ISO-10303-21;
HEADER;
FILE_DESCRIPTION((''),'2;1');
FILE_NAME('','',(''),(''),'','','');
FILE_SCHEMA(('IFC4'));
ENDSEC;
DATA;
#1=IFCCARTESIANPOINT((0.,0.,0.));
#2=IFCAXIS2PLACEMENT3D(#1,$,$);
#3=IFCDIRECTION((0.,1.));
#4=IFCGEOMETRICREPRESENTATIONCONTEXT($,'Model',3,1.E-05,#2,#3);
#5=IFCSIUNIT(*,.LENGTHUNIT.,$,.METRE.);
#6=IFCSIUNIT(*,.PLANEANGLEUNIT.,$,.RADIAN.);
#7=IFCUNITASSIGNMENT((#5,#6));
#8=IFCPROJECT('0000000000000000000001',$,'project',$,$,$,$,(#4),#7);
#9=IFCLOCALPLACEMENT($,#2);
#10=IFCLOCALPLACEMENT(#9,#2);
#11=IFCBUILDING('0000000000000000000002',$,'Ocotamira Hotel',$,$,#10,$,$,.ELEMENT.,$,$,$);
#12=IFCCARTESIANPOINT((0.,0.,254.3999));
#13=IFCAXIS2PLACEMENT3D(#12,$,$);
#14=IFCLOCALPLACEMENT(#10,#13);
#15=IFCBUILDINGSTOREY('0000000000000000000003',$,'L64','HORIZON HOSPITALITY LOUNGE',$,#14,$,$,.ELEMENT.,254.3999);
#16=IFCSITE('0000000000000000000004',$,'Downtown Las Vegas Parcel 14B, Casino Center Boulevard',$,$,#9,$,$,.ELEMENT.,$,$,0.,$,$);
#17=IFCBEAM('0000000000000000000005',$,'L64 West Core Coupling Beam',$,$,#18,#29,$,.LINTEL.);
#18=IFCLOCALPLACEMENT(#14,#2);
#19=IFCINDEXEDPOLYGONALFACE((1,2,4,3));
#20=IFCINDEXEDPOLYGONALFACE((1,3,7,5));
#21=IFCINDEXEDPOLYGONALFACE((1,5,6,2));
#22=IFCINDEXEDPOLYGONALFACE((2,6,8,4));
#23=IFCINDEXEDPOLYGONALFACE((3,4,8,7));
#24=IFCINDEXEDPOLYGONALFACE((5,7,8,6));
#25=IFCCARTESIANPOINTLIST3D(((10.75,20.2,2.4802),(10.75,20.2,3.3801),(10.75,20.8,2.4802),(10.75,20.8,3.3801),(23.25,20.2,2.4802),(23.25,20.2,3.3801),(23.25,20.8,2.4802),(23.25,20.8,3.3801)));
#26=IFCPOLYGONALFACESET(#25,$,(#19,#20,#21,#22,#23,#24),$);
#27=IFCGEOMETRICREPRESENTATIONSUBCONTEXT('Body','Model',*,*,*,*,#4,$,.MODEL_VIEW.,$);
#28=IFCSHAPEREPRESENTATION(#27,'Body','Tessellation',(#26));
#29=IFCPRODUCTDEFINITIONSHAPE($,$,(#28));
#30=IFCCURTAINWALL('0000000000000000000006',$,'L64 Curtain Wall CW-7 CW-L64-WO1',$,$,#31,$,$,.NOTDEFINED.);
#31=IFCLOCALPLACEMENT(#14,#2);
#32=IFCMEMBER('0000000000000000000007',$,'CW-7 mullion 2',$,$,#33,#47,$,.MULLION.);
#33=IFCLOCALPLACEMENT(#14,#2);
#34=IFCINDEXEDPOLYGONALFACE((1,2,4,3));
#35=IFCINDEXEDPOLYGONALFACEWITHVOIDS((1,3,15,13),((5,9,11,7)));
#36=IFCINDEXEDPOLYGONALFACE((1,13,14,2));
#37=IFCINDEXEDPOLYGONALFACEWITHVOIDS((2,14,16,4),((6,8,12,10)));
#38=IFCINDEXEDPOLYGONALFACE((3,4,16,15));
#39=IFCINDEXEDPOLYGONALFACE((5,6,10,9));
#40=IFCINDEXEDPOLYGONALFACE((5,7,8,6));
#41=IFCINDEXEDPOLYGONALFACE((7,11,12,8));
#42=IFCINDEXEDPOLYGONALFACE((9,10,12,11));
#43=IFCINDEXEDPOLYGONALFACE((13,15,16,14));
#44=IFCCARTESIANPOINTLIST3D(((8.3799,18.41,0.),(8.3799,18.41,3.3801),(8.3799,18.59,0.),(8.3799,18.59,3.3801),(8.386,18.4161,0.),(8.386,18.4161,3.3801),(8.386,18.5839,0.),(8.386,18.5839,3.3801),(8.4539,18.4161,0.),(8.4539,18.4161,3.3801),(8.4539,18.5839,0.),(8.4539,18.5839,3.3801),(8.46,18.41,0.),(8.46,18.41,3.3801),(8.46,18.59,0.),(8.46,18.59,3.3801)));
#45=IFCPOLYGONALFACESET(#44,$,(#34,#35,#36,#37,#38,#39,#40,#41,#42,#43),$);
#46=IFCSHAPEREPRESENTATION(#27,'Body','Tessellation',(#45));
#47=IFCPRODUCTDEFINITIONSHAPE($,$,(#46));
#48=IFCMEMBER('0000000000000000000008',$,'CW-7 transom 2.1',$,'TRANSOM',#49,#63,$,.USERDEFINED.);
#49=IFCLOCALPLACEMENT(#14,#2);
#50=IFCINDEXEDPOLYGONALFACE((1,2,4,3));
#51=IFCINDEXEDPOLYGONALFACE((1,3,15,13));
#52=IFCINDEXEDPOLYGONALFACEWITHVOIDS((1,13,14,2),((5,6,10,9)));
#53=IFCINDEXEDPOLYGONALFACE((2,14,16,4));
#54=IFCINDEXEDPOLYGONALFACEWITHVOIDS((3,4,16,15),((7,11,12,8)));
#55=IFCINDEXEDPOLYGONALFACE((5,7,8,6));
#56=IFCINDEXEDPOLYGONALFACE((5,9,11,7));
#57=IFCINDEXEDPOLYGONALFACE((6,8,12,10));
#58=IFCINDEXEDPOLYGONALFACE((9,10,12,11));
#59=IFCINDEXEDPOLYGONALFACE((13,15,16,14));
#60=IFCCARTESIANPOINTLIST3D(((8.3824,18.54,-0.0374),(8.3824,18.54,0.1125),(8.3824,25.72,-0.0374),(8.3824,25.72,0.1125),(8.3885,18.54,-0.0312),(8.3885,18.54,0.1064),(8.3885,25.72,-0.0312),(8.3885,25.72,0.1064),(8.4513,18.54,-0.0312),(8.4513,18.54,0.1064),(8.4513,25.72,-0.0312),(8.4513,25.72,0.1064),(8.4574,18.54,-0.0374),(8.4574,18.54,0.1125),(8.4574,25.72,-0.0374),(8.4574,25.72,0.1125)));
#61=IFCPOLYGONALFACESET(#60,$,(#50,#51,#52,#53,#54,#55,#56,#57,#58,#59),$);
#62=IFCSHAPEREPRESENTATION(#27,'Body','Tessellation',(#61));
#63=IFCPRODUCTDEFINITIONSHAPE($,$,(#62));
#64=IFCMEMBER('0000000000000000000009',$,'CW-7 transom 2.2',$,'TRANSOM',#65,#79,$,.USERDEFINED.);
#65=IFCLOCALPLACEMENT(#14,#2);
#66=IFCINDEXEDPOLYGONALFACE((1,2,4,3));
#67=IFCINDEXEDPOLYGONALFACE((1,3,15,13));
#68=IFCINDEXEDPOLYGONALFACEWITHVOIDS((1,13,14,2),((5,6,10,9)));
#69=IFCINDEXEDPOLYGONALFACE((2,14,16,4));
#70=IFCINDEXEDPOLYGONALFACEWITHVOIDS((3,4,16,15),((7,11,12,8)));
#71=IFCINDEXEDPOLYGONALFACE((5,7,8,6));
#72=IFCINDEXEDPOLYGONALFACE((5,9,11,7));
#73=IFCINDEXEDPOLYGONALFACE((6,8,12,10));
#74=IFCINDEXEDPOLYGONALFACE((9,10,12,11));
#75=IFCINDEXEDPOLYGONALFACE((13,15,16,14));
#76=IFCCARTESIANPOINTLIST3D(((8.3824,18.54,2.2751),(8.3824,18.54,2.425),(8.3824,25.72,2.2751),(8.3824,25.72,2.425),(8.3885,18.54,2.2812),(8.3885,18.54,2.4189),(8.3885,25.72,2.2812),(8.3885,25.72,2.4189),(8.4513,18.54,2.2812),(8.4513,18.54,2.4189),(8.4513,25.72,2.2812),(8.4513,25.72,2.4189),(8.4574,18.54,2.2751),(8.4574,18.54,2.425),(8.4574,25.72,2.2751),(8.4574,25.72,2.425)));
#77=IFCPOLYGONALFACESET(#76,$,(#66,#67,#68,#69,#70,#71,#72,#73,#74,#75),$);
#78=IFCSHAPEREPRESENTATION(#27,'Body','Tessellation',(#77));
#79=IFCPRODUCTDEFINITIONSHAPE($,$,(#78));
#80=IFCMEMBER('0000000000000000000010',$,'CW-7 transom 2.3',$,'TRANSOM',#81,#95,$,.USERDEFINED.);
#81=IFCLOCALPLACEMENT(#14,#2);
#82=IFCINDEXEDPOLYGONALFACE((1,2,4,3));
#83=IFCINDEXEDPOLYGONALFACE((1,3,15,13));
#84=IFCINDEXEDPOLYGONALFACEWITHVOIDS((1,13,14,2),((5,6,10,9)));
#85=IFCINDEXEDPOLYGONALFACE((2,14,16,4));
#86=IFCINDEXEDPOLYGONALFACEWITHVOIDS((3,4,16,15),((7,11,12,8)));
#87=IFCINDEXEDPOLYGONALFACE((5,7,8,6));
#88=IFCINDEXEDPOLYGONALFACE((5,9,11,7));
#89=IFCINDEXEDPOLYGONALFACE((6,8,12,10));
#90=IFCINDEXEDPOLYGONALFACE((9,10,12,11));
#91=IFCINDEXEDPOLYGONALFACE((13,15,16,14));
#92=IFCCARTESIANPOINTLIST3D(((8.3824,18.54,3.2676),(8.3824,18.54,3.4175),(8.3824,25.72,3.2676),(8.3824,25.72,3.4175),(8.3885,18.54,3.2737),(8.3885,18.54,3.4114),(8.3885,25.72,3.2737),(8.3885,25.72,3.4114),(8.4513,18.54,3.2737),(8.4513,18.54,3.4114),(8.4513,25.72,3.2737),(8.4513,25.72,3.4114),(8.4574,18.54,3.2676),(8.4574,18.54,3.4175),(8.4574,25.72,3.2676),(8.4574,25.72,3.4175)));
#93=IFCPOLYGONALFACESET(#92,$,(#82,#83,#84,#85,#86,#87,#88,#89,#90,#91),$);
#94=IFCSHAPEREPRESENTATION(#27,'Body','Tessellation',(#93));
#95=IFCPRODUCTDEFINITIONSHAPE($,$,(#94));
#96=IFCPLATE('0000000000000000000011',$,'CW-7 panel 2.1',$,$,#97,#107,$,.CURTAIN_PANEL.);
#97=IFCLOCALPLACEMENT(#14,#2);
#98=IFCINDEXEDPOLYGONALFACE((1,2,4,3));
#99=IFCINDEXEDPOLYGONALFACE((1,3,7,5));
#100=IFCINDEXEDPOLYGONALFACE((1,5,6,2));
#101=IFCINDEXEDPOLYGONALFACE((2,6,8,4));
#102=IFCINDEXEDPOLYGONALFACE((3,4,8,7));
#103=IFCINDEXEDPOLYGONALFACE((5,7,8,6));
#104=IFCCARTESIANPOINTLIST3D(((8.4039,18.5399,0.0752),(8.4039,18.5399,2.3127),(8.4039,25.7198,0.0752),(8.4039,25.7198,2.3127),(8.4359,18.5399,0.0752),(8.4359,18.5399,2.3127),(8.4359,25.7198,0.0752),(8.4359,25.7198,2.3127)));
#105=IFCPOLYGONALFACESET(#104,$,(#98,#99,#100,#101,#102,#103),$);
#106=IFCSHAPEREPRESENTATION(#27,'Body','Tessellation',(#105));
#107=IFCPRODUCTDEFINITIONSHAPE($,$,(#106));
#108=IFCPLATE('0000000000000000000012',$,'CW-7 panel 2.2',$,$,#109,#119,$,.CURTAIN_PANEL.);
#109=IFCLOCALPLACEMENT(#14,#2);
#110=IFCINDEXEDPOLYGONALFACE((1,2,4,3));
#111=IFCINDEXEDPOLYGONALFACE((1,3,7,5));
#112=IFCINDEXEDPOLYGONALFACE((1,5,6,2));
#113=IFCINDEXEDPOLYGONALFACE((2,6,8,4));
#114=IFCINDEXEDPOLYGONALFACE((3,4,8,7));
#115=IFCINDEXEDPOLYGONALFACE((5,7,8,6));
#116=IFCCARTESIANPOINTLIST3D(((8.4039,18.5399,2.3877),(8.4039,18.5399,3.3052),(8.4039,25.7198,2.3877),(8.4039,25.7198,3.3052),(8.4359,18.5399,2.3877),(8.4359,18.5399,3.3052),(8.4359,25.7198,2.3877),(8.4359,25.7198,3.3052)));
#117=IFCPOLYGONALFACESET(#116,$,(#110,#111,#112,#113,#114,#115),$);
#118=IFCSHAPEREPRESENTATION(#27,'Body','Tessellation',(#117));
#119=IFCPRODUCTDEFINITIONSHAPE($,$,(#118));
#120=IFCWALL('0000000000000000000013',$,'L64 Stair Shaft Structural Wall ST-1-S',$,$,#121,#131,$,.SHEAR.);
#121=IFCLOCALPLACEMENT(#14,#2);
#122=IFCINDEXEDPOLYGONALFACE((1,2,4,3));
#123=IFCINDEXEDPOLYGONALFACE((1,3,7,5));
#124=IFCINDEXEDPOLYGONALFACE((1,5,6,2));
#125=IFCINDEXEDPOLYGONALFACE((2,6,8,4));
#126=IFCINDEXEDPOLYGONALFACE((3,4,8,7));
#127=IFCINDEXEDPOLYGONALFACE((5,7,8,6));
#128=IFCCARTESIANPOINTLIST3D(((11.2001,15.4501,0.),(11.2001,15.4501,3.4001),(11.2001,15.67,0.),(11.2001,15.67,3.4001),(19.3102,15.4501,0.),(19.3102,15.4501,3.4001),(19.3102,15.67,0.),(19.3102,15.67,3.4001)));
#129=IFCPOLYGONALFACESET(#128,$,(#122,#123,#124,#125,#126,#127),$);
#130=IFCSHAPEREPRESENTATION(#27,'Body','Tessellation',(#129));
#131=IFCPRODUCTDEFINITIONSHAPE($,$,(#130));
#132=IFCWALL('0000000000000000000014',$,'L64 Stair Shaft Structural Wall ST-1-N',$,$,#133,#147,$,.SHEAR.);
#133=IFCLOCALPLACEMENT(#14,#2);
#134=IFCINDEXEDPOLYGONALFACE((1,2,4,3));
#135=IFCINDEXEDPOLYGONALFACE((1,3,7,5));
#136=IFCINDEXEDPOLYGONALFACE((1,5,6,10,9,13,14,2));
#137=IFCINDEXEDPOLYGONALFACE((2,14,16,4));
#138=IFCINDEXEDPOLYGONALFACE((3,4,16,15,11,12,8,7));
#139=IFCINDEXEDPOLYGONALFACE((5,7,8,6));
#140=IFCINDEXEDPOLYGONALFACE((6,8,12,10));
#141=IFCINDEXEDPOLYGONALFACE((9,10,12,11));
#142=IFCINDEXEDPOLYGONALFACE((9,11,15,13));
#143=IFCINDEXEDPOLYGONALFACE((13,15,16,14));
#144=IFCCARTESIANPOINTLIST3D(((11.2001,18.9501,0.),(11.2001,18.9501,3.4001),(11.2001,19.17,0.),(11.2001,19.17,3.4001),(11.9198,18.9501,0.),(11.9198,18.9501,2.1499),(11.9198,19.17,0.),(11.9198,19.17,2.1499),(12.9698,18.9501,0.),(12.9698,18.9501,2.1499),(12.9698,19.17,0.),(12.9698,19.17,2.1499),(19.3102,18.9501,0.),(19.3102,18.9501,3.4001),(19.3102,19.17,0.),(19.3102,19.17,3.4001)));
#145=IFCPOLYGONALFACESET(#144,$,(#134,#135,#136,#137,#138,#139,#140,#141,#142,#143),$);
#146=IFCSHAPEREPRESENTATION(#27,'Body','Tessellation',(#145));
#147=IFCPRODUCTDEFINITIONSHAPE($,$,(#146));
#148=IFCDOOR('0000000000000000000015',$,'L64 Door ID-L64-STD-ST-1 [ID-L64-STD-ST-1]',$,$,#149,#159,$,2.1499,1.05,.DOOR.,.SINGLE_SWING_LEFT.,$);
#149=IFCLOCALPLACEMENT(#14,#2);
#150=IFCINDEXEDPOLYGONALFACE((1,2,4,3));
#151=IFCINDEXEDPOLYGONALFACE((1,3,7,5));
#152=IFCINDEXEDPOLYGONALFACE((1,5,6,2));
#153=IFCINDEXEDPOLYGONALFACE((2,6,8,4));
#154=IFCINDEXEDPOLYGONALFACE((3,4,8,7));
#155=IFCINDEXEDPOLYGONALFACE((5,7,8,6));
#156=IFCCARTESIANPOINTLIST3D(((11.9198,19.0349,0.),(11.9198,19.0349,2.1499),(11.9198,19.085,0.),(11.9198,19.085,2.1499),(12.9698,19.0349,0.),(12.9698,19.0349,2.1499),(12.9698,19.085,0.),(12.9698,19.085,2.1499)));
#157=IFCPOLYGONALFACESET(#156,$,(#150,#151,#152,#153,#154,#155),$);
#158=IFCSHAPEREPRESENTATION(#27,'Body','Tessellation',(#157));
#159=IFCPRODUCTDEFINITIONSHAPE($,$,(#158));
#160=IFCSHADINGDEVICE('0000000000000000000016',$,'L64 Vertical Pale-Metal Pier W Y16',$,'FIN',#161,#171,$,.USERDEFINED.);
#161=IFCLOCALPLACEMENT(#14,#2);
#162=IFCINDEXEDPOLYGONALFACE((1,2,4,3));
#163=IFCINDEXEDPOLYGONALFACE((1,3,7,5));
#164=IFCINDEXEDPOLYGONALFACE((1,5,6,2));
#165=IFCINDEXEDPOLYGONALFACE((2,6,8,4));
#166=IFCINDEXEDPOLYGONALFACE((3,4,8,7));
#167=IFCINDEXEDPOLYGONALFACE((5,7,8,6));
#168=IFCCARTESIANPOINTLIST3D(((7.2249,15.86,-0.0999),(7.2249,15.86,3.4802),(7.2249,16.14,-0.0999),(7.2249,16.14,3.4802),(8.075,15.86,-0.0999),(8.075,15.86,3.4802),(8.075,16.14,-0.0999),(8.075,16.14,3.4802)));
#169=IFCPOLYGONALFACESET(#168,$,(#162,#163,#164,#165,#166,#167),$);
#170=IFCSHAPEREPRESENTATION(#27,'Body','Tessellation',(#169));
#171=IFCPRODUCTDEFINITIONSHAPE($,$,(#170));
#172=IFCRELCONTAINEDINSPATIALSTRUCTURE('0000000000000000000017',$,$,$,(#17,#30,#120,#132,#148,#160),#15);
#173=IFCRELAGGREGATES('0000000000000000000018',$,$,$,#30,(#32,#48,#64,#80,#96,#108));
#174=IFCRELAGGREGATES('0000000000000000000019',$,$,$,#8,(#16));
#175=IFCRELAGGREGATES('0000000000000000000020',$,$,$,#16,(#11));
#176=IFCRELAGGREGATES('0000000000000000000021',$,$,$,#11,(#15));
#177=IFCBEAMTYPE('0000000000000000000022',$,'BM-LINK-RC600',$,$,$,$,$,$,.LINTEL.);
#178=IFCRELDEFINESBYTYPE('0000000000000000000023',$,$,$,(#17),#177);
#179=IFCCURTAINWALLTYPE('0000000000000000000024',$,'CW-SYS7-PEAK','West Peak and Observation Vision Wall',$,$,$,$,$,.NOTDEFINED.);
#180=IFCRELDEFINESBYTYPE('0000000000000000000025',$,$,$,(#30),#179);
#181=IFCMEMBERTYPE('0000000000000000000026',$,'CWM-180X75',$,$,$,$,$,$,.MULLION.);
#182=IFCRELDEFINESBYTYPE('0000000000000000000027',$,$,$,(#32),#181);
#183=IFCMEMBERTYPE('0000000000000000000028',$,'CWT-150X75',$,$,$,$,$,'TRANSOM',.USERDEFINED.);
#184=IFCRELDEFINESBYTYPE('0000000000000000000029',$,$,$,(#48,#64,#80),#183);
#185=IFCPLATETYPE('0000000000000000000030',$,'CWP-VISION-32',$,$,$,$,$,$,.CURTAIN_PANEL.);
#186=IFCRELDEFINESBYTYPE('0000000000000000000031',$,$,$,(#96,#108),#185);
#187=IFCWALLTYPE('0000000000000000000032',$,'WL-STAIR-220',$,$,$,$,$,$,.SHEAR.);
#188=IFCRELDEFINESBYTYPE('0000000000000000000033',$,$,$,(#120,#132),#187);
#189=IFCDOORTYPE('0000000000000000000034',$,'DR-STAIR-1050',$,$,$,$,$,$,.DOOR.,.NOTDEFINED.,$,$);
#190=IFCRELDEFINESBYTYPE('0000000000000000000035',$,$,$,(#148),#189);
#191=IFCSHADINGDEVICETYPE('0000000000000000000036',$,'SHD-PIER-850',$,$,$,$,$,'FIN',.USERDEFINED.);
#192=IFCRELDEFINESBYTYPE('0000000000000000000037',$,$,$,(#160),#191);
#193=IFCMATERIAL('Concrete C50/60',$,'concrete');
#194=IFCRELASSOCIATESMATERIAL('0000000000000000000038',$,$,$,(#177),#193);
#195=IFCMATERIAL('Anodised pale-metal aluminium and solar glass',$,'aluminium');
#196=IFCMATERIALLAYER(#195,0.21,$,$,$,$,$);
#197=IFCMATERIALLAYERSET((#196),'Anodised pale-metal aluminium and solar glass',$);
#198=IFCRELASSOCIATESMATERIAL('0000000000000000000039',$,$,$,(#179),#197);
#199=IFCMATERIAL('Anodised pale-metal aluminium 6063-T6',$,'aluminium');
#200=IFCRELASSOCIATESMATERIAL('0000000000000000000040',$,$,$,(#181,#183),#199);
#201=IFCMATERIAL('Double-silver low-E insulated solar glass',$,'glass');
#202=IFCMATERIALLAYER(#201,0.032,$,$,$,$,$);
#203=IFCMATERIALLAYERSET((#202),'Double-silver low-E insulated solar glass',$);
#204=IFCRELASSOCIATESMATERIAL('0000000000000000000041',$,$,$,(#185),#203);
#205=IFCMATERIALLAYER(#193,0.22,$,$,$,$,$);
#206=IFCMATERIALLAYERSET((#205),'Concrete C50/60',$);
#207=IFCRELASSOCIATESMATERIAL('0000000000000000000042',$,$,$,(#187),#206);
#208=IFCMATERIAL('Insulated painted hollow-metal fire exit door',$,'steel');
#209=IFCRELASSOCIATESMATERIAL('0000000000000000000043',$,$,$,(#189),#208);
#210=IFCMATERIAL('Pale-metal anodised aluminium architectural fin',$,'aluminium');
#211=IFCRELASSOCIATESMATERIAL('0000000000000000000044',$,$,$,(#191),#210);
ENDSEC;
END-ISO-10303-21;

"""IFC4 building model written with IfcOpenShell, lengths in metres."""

from ifc_helpers import new_model, si_unit, direction, frame, frame_2d, origin, origin_2d, place, context, subcontext, project, spatial, rectangle, hollow_rectangle, extrude, source, transform, mapped, material, layer, layer_set, material_profile, profile_set, type_object, element, fill, aggregate, save


model = new_model("IFC4")

# Units and contexts
model_context = context("Model", 3, precision=1e-05, world=origin(), true_north=direction((0.0, 1.0)))
body_context = subcontext(model_context, "Body", "Model", "MODEL_VIEW")
ifc_project = project(units=[si_unit("LENGTHUNIT", "METRE"), si_unit("PLANEANGLEUNIT", "RADIAN")], contexts=[model_context])

# Site, building, storey
site_placement = place(None, origin())
site = spatial("IfcSite", under=ifc_project, at=site_placement, Name="Downtown Las Vegas Parcel 14B, Casino Center Boulevard", CompositionType="ELEMENT", RefElevation=0.0)
building_placement = place(site_placement, origin())
building = spatial("IfcBuilding", under=site, at=building_placement, Name="Ocotamira Hotel", CompositionType="ELEMENT")
storey_placement = place(building_placement, frame((0.0, 0.0, 254.3999)))
storey = spatial("IfcBuildingStorey", under=building, at=storey_placement, Name="L64", Description="HORIZON HOSPITALITY LOUNGE", CompositionType="ELEMENT", Elevation=254.3999)

# Beam
ifc_material_1 = material(Name="Concrete C50/60", Category="concrete")
ifc_material_profile_1 = material_profile(ifc_material_1, rectangle(XDim=0.6001, YDim=0.8999, at=origin_2d()), Name="RC600X900")
ifc_profile_set_1 = profile_set([ifc_material_profile_1], Name="Concrete C50/60")
beam_type = type_object("IfcBeamType", Name="BM-LINK-RC600", PredefinedType="LINTEL", material=ifc_profile_set_1)
shared_shape_1 = source(origin(), body_context, "Body", "SweptSolid", [
    extrude(rectangle(XDim=0.6001, YDim=0.8999, at=origin_2d()), origin(), (0.0, 0.0, 1.0), 12.5),
])
beam_placement = place(storey_placement, frame((10.75, 20.5, 2.9302), z_axis=(1.0, 0.0, 0.0), x_axis=(0.0, 1.0, 0.0)))
element("IfcBeam", 1, at=beam_placement, inside=storey, type_object=beam_type, Name="L64 West Core Coupling Beam", PredefinedType="LINTEL", context=body_context, shape_type="MappedRepresentation", body=[
    mapped(shared_shape_1, transform((0.0, 0.0, 0.0), scale=1.0)),
])

# Curtain wall, members, plates
ifc_material_2 = material(Name="Anodised pale-metal aluminium and solar glass", Category="aluminium")
ifc_layer_1 = layer(ifc_material_2, 0.21)
ifc_layer_set_1 = layer_set([ifc_layer_1], Name="Anodised pale-metal aluminium and solar glass")
curtain_wall_type = type_object("IfcCurtainWallType", Name="CW-SYS7-PEAK", Description="West Peak and Observation Vision Wall", PredefinedType="NOTDEFINED", material=ifc_layer_set_1)
curtain_wall_placement = place(storey_placement, origin())
curtain_wall = element("IfcCurtainWall", 2, at=curtain_wall_placement, inside=storey, type_object=curtain_wall_type, Name="L64 Curtain Wall CW-7 CW-L64-WO1", PredefinedType="NOTDEFINED")
ifc_material_3 = material(Name="Anodised pale-metal aluminium 6063-T6", Category="aluminium")
ifc_material_profile_2 = material_profile(ifc_material_3, hollow_rectangle(XDim=0.0801, YDim=0.1799, WallThickness=0.0061, at=origin_2d()), Name="HSS180X80X6")
ifc_profile_set_2 = profile_set([ifc_material_profile_2], Name="Anodised pale-metal aluminium 6063-T6")
member_type_1 = type_object("IfcMemberType", Name="CWM-180X75", PredefinedType="MULLION", material=ifc_profile_set_2)
shared_shape_2 = source(origin(), body_context, "Body", "SweptSolid", [
    extrude(hollow_rectangle(XDim=0.0801, YDim=0.1799, WallThickness=0.0061, at=origin_2d()), origin(), (0.0, 0.0, 1.0), 3.3801),
])
member_1_placement = place(storey_placement, frame((8.4199, 18.5, 0.0), z_axis=(0.0, 0.0, 1.0), x_axis=(-1.0, 0.0, 0.0)))
member_1 = element("IfcMember", 3, at=member_1_placement, type_object=member_type_1, Name="CW-7 mullion 2", PredefinedType="MULLION", context=body_context, shape_type="MappedRepresentation", body=[
    mapped(shared_shape_2, transform((0.0, 0.0, 0.0), scale=1.0)),
])
ifc_material_profile_3 = material_profile(ifc_material_3, hollow_rectangle(XDim=0.075, YDim=0.1499, WallThickness=0.0061, at=origin_2d()), Name="HSS150X75X6")
ifc_profile_set_3 = profile_set([ifc_material_profile_3], Name="Anodised pale-metal aluminium 6063-T6")
member_type_2 = type_object("IfcMemberType", Name="CWT-150X75", ElementType="TRANSOM", PredefinedType="USERDEFINED", material=ifc_profile_set_3)
shared_shape_3 = source(origin(), body_context, "Body", "SweptSolid", [
    extrude(hollow_rectangle(XDim=0.075, YDim=0.1499, WallThickness=0.0061, at=origin_2d()), origin(), (0.0, 0.0, 1.0), 7.1799),
])
member_2_placement = place(storey_placement, frame((8.4199, 18.54, 0.0376), z_axis=(0.0, 1.0, 0.0), x_axis=(-1.0, 0.0, 0.0)))
member_2 = element("IfcMember", 4, at=member_2_placement, type_object=member_type_2, Name="CW-7 transom 2.1", ObjectType="TRANSOM", PredefinedType="USERDEFINED", context=body_context, shape_type="MappedRepresentation", body=[
    mapped(shared_shape_3, transform((0.0, 0.0, 0.0), scale=1.0)),
])
member_3_placement = place(storey_placement, frame((8.4199, 18.54, 2.3501), z_axis=(0.0, 1.0, 0.0), x_axis=(-1.0, 0.0, 0.0)))
member_3 = element("IfcMember", 5, at=member_3_placement, type_object=member_type_2, Name="CW-7 transom 2.2", ObjectType="TRANSOM", PredefinedType="USERDEFINED", context=body_context, shape_type="MappedRepresentation", body=[
    mapped(shared_shape_3, transform((0.0, 0.0, 0.0), scale=1.0)),
])
member_4_placement = place(storey_placement, frame((8.4199, 18.54, 3.3425), z_axis=(0.0, 1.0, 0.0), x_axis=(-1.0, 0.0, 0.0)))
member_4 = element("IfcMember", 6, at=member_4_placement, type_object=member_type_2, Name="CW-7 transom 2.3", ObjectType="TRANSOM", PredefinedType="USERDEFINED", context=body_context, shape_type="MappedRepresentation", body=[
    mapped(shared_shape_3, transform((0.0, 0.0, 0.0), scale=1.0)),
])
ifc_material_4 = material(Name="Double-silver low-E insulated solar glass", Category="glass")
ifc_layer_2 = layer(ifc_material_4, 0.032)
ifc_layer_set_2 = layer_set([ifc_layer_2], Name="Double-silver low-E insulated solar glass")
plate_type = type_object("IfcPlateType", Name="CWP-VISION-32", PredefinedType="CURTAIN_PANEL", material=ifc_layer_set_2)
shared_shape_4 = source(origin(), body_context, "Body", "SweptSolid", [
    extrude(rectangle(XDim=7.1799, YDim=0.032, at=origin_2d()), origin(), (0.0, 0.0, 1.0), 2.2375),
])
plate_1_placement = place(storey_placement, frame((8.4199, 22.1299, 0.0752), z_axis=(0.0, 0.0, 1.0), x_axis=(0.0, 1.0, 0.0)))
plate_1 = element("IfcPlate", 7, at=plate_1_placement, type_object=plate_type, Name="CW-7 panel 2.1", PredefinedType="CURTAIN_PANEL", context=body_context, shape_type="MappedRepresentation", body=[
    mapped(shared_shape_4, transform((0.0, 0.0, 0.0), scale=1.0)),
])
shared_shape_5 = source(origin(), body_context, "Body", "SweptSolid", [
    extrude(rectangle(XDim=7.1799, YDim=0.032, at=origin_2d()), origin(), (0.0, 0.0, 1.0), 0.9175),
])
plate_2_placement = place(storey_placement, frame((8.4199, 22.1299, 2.3877), z_axis=(0.0, 0.0, 1.0), x_axis=(0.0, 1.0, 0.0)))
plate_2 = element("IfcPlate", 8, at=plate_2_placement, type_object=plate_type, Name="CW-7 panel 2.2", PredefinedType="CURTAIN_PANEL", context=body_context, shape_type="MappedRepresentation", body=[
    mapped(shared_shape_5, transform((0.0, 0.0, 0.0), scale=1.0)),
])
aggregate(curtain_wall, [member_1, member_2, member_3, member_4, plate_1, plate_2])

# Wall
ifc_layer_3 = layer(ifc_material_1, 0.22)
ifc_layer_set_3 = layer_set([ifc_layer_3], Name="Concrete C50/60")
wall_type_1 = type_object("IfcWallType", Name="WL-STAIR-220", PredefinedType="SHEAR", material=ifc_layer_set_3)
wall_1_placement = place(storey_placement, frame((11.2, 15.5601, 0.0), z_axis=(0.0, 0.0, 1.0), x_axis=(1.0, 0.0, 0.0)))
element("IfcWall", 9, at=wall_1_placement, inside=storey, type_object=wall_type_1, Name="L64 Stair Shaft Structural Wall ST-1-S", PredefinedType="SHEAR", context=body_context, shape_type="SweptSolid", body=[
    extrude(rectangle(XDim=8.1101, YDim=0.22, at=frame_2d((4.0552, 0.0))), origin(), (0.0, 0.0, 1.0), 3.4001),
])

# Wall, opening, door
wall_2_placement = place(storey_placement, frame((11.2, 19.0601, 0.0), z_axis=(0.0, 0.0, 1.0), x_axis=(1.0, 0.0, 0.0)))
wall_2 = element("IfcWall", 10, at=wall_2_placement, inside=storey, type_object=wall_type_1, Name="L64 Stair Shaft Structural Wall ST-1-N", PredefinedType="SHEAR", context=body_context, shape_type="SweptSolid", body=[
    extrude(rectangle(XDim=8.1101, YDim=0.22, at=frame_2d((4.0552, 0.0))), origin(), (0.0, 0.0, 1.0), 3.4001),
])
opening_1_placement = place(wall_2_placement, frame((0.72, 0.0, 0.0)))
opening_1 = element("IfcOpeningElement", 11, at=opening_1_placement, cuts=wall_2, PredefinedType="OPENING", context=body_context, shape_type="SweptSolid", body=[
    extrude(rectangle(XDim=1.05, YDim=2.1499, at=frame_2d((0.5249, 1.075))), frame((0.0, 0.1201, 0.0), z_axis=(0.0, -1.0, 0.0), x_axis=(1.0, 0.0, 0.0)), (0.0, 0.0, 1.0), 0.24),
])
ifc_material_5 = material(Name="Insulated painted hollow-metal fire exit door", Category="steel")
door_type_1 = type_object("IfcDoorType", Name="DR-STAIR-1050", OperationType="NOTDEFINED", PredefinedType="DOOR", material=ifc_material_5)
shared_shape_6 = source(origin(), body_context, "Body", "SweptSolid", [
    extrude(rectangle(XDim=1.05, YDim=2.1499, at=frame_2d((0.5249, 1.075))), frame((0.0, 0.0249, 0.0), z_axis=(0.0, -1.0, 0.0), x_axis=(1.0, 0.0, 0.0)), (0.0, 0.0, 1.0), 0.05),
])
door_1_placement = place(opening_1_placement, origin())
door_1 = element("IfcDoor", 12, at=door_1_placement, inside=storey, type_object=door_type_1, Name="L64 Door ID-L64-STD-ST-1 [ID-L64-STD-ST-1]", OperationType="SINGLE_SWING_LEFT", OverallHeight=2.1499, OverallWidth=1.05, PredefinedType="DOOR", context=body_context, shape_type="MappedRepresentation", body=[
    mapped(shared_shape_6, transform((0.0, 0.0, 0.0), scale=1.0)),
])
fill(opening_1, door_1)

# Shading device
ifc_material_6 = material(Name="Pale-metal anodised aluminium architectural fin", Category="aluminium")
shading_device_type = type_object("IfcShadingDeviceType", Name="SHD-PIER-850", ElementType="FIN", PredefinedType="USERDEFINED", material=ifc_material_6)
shared_shape_7 = source(origin(), body_context, "Body", "SweptSolid", [
    extrude(rectangle(XDim=0.8501, YDim=0.28, at=origin_2d()), origin(), (0.0, 0.0, 1.0), 3.5801),
])
for number, where, z_axis, x_axis, name in (
    (13, (7.6499, 16.0, -0.0999), (0.0, 0.0, 1.0), (1.0, 0.0, 0.0), "L64 Vertical Pale-Metal Pier W Y16"),
):
    element("IfcShadingDevice", number, at=place(storey_placement, frame(where, z_axis=z_axis, x_axis=x_axis)), inside=storey, type_object=shading_device_type, Name=name, ObjectType="FIN", PredefinedType="USERDEFINED", context=body_context, shape_type="MappedRepresentation", body=[
        mapped(shared_shape_7, transform((0.0, 0.0, 0.0), scale=1.0)),
    ])

save(model, "model.ifc")
